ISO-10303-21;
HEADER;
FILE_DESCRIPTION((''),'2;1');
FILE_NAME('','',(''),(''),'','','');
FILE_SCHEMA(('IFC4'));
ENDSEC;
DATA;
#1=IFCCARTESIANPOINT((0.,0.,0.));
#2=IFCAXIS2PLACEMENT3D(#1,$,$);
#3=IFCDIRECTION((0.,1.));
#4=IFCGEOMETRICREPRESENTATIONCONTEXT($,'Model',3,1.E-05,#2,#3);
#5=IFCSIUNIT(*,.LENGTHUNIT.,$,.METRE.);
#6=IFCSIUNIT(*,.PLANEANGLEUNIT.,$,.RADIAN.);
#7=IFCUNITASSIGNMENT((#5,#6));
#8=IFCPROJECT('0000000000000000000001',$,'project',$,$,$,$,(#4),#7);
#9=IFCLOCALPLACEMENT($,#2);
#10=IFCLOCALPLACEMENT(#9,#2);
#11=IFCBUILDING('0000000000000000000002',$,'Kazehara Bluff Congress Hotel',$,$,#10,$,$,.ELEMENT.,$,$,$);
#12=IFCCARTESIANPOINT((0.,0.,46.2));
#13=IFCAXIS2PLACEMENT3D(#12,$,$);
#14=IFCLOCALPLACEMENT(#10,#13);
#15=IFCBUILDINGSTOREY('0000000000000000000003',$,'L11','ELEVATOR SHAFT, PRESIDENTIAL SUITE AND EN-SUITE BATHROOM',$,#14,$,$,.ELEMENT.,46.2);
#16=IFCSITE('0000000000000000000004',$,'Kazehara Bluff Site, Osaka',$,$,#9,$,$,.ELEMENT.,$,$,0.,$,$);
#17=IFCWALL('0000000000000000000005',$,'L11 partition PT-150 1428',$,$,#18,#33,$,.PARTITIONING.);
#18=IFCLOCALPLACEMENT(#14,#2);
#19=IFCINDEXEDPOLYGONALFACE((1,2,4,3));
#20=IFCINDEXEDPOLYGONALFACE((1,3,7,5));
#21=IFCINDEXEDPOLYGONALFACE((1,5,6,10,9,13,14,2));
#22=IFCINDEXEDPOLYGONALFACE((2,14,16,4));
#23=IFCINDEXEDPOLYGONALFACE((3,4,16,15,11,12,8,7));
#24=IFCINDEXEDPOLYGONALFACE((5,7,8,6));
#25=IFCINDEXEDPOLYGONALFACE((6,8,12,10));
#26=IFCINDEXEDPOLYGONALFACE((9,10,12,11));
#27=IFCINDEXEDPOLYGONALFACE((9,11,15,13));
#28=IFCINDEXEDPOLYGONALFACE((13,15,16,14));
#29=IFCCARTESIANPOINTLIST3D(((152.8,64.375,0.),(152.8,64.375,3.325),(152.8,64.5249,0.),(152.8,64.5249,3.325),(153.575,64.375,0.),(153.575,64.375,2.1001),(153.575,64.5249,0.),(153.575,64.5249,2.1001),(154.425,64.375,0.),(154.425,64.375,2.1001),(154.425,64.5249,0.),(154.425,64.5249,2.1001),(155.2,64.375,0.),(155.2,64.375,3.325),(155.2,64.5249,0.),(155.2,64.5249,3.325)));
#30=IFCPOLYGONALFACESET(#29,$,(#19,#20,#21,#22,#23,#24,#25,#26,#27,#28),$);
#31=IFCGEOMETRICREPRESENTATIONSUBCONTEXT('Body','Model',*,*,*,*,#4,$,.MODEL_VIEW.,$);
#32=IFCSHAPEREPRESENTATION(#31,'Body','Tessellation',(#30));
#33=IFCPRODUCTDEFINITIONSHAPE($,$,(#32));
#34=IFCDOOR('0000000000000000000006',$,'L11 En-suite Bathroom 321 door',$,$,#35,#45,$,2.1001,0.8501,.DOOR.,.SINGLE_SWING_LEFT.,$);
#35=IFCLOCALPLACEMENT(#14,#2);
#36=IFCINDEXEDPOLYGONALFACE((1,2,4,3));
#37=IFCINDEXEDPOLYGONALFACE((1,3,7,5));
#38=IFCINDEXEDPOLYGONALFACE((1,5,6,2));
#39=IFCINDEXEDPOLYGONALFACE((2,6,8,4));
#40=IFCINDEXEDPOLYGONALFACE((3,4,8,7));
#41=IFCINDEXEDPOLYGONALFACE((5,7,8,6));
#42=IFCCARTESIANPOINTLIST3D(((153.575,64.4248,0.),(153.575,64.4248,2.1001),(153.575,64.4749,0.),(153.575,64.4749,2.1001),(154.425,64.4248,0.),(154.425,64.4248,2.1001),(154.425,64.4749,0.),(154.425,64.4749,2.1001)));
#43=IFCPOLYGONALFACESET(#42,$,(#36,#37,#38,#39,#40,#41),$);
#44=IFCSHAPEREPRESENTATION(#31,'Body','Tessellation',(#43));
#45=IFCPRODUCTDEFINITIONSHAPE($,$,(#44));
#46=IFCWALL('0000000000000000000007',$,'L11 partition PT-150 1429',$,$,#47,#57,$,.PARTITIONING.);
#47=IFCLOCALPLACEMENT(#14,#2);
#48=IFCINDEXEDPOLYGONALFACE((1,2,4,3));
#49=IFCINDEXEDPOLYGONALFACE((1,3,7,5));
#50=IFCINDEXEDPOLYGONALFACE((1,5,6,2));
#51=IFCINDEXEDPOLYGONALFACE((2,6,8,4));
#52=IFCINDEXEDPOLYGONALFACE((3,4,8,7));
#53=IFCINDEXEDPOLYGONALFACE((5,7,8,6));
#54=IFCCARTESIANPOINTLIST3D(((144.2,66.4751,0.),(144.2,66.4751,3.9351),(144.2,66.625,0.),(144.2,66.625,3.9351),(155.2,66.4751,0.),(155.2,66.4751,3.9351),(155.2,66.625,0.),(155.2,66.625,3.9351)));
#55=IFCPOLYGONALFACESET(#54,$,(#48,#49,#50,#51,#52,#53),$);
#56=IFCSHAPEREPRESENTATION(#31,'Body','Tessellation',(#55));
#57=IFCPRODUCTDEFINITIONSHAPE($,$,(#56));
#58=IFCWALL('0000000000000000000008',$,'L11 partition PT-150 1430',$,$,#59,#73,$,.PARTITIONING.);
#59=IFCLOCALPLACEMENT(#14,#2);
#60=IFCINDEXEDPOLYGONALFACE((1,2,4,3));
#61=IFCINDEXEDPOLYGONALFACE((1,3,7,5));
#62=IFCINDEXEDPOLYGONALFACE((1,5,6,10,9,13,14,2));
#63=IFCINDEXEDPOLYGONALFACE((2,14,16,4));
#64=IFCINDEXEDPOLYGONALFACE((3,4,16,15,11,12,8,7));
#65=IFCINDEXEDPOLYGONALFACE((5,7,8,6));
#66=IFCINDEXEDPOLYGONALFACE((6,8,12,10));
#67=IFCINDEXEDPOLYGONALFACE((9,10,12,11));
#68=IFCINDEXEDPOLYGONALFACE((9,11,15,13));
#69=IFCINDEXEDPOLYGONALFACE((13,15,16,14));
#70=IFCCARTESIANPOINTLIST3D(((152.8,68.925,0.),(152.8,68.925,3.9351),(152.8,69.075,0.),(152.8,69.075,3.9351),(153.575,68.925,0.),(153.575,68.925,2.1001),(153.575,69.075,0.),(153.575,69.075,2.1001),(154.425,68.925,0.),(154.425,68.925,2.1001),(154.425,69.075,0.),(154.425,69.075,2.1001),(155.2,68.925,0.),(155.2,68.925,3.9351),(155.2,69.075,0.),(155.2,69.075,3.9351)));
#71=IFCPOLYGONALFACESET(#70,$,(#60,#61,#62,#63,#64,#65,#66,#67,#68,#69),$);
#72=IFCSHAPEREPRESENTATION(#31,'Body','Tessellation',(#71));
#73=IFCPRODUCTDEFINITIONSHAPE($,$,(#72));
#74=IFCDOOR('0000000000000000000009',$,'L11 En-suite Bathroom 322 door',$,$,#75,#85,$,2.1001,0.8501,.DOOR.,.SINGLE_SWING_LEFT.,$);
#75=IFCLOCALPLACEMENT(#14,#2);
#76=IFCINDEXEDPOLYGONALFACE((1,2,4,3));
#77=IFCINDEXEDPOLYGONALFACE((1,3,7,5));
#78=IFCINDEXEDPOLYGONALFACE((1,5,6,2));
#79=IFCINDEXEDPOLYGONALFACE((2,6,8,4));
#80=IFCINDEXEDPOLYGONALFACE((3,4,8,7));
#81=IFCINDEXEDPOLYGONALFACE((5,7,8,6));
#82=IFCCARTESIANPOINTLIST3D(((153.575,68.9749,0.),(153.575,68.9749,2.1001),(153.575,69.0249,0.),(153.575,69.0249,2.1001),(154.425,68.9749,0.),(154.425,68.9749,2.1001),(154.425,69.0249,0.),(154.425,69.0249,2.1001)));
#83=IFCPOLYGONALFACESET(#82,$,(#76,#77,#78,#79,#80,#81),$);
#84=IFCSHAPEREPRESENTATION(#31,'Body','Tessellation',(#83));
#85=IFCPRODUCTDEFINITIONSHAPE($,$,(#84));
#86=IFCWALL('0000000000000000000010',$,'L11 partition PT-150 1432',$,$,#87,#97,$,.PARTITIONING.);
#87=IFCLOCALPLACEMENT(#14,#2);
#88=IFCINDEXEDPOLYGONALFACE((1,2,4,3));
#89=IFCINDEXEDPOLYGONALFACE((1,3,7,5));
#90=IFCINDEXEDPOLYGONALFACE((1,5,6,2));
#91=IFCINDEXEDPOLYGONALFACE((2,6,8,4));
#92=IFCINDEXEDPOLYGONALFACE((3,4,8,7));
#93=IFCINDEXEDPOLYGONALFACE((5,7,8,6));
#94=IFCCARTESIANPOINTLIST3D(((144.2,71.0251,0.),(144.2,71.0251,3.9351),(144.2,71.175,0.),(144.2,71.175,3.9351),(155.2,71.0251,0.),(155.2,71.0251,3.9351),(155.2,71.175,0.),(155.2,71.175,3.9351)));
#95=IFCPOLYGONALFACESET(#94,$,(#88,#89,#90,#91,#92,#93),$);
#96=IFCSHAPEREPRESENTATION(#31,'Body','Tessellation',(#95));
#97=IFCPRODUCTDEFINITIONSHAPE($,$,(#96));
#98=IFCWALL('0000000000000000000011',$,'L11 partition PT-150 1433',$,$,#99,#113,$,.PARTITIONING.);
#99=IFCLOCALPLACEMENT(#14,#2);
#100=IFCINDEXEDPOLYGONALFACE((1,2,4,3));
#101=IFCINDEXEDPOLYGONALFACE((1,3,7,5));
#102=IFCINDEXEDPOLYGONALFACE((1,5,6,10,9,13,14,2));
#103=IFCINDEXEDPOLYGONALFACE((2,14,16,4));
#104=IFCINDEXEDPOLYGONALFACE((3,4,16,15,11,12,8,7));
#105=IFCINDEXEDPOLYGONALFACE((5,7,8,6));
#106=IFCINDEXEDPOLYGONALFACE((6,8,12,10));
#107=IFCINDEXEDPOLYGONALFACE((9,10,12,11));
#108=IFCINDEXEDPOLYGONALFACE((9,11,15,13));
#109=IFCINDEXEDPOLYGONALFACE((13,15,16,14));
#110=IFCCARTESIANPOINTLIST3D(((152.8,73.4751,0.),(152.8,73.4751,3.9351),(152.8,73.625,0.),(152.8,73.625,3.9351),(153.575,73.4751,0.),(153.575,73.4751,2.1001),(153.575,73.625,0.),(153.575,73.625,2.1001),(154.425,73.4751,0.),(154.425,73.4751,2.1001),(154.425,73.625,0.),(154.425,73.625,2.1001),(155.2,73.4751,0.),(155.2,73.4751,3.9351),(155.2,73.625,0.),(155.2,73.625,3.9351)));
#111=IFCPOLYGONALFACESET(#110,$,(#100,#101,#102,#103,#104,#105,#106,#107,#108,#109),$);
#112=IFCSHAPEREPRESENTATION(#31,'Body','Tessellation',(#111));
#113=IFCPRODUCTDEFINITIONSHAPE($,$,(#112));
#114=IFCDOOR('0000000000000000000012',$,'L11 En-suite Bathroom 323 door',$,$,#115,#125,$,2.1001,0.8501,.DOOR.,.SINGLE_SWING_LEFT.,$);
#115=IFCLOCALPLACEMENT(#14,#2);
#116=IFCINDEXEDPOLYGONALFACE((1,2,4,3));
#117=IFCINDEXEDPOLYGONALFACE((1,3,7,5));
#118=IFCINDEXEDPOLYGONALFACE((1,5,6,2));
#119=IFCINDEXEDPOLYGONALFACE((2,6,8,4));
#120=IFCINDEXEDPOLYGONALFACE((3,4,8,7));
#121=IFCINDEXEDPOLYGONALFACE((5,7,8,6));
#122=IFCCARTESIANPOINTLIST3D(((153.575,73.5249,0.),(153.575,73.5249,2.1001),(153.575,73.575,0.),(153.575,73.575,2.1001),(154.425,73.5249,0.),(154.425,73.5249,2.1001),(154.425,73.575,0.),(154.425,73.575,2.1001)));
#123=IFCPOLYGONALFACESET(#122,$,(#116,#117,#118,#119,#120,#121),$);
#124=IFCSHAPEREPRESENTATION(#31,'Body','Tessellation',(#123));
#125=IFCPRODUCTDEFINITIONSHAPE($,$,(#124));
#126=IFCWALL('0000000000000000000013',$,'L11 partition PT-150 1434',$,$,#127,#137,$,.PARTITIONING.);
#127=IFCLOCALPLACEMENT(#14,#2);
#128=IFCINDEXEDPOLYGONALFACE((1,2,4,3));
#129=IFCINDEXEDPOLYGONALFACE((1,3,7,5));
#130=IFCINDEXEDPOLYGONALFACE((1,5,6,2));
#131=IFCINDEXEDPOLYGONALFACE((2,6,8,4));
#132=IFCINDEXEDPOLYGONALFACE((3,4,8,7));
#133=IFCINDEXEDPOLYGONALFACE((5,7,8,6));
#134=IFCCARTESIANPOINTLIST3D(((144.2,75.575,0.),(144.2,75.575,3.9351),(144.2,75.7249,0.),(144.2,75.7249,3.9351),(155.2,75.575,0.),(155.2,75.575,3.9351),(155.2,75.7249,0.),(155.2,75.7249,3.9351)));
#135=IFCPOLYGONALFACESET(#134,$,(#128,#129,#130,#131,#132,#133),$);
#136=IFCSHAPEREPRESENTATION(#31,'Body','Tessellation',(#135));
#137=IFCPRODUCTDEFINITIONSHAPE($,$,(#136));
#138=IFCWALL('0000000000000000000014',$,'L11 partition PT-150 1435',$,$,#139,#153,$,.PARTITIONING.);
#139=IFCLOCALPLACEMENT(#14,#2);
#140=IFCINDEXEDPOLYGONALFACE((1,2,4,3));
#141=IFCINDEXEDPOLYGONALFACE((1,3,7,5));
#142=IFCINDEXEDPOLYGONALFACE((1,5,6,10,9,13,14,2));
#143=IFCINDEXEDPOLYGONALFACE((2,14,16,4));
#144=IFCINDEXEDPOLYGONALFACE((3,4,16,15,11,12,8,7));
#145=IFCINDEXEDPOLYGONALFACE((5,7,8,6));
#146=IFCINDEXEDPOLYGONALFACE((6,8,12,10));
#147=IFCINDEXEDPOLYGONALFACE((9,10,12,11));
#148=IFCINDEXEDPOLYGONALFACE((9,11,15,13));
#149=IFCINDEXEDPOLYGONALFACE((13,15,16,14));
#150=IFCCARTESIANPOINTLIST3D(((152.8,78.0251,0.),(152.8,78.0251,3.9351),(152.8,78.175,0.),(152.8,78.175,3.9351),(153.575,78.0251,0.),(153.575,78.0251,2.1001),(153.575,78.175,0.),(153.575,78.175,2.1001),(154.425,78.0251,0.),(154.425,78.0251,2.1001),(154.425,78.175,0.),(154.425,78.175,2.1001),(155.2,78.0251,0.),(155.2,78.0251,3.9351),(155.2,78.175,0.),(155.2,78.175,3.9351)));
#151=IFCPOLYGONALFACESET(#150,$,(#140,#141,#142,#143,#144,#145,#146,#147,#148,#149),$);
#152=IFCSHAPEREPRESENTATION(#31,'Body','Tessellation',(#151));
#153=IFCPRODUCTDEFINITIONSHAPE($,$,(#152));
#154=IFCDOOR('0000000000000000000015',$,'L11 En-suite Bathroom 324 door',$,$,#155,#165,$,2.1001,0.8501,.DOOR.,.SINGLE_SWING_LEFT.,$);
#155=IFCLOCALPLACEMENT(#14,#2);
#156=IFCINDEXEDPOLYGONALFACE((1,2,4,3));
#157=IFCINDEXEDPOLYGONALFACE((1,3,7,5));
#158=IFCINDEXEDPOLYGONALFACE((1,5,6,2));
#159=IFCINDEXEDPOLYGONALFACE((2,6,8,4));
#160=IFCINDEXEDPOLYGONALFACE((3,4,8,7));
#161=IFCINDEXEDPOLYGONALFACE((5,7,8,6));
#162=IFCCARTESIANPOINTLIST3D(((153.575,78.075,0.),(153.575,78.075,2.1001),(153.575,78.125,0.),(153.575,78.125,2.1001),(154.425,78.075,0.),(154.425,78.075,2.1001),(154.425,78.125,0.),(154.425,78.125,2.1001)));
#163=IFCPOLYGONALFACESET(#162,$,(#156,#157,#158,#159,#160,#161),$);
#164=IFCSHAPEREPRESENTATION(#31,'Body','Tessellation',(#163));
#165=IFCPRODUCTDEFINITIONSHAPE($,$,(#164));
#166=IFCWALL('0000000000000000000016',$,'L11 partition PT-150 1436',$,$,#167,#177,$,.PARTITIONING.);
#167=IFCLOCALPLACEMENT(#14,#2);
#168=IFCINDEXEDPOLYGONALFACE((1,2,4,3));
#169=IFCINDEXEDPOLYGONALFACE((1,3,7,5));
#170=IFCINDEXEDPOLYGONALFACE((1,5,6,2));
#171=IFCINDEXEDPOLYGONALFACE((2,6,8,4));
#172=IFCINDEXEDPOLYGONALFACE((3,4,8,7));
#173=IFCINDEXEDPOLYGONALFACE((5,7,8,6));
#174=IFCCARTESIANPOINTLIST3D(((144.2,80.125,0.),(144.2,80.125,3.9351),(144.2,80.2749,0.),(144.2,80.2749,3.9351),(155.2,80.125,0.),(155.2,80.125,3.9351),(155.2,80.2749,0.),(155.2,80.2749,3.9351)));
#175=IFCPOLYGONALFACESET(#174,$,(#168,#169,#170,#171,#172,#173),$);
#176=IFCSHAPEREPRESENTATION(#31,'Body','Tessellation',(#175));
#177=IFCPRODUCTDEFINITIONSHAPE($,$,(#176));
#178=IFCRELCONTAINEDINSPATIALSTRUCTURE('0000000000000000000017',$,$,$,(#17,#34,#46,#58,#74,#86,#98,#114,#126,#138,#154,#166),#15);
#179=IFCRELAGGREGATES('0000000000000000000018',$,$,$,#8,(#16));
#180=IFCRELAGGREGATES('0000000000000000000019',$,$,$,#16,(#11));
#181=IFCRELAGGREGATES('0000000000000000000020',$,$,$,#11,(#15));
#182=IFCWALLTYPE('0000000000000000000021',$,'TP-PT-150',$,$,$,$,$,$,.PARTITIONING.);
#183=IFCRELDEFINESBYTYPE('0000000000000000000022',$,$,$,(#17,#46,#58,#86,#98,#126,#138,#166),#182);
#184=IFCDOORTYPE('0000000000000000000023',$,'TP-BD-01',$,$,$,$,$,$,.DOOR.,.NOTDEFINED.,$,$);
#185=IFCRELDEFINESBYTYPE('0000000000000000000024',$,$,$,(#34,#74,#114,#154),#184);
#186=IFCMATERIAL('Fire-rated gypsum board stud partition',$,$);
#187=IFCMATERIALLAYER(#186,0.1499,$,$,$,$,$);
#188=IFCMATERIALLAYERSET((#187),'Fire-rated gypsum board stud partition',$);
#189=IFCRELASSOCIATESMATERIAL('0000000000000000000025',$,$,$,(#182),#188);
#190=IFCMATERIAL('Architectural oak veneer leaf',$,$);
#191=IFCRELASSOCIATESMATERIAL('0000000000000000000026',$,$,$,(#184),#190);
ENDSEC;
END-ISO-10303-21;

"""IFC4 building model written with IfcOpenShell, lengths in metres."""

from ifc_helpers import new_model, si_unit, direction, frame, frame_2d, origin, place, context, subcontext, project, spatial, rectangle, extrude, material, layer, layer_set, type_object, element, fill, save


model = new_model("IFC4")

# Units and contexts
model_context = context("Model", 3, precision=1e-05, world=origin(), true_north=direction((0.0, 1.0)))
body_context = subcontext(model_context, "Body", "Model", "MODEL_VIEW")
ifc_project = project(units=[si_unit("LENGTHUNIT", "METRE"), si_unit("PLANEANGLEUNIT", "RADIAN")], contexts=[model_context])

# Site, building, storey
site_placement = place(None, origin())
site = spatial("IfcSite", under=ifc_project, at=site_placement, Name="Kazehara Bluff Site, Osaka", CompositionType="ELEMENT", RefElevation=0.0)
building_placement = place(site_placement, origin())
building = spatial("IfcBuilding", under=site, at=building_placement, Name="Kazehara Bluff Congress Hotel", CompositionType="ELEMENT")
storey_placement = place(building_placement, frame((0.0, 0.0, 46.2)))
storey = spatial("IfcBuildingStorey", under=building, at=storey_placement, Name="L11", Description="ELEVATOR SHAFT, PRESIDENTIAL SUITE AND EN-SUITE BATHROOM", CompositionType="ELEMENT", Elevation=46.2)

# Wall, opening, door
ifc_material_1 = material(Name="Fire-rated gypsum board stud partition")
ifc_layer_1 = layer(ifc_material_1, 0.1499)
ifc_layer_set_1 = layer_set([ifc_layer_1], Name="Fire-rated gypsum board stud partition")
wall_type_1 = type_object("IfcWallType", Name="TP-PT-150", PredefinedType="PARTITIONING", material=ifc_layer_set_1)
wall_1_placement = place(storey_placement, frame((152.8, 64.45, 0.0), z_axis=(0.0, 0.0, 1.0), x_axis=(1.0, 0.0, 0.0)))
wall_1 = element("IfcWall", 1, at=wall_1_placement, inside=storey, type_object=wall_type_1, Name="L11 partition PT-150 1428", PredefinedType="PARTITIONING", context=body_context, shape_type="SweptSolid", body=[
    extrude(rectangle(XDim=2.3999, YDim=0.1499, at=frame_2d((1.2, 0.0))), origin(), (0.0, 0.0, 1.0), 3.325),
])
opening_1_placement = place(wall_1_placement, frame((0.7749, 0.0, 0.0)))
opening_1 = element("IfcOpeningElement", 2, at=opening_1_placement, cuts=wall_1, PredefinedType="OPENING", context=body_context, shape_type="SweptSolid", body=[
    extrude(rectangle(XDim=0.8501, YDim=2.1001, at=frame_2d((0.425, 1.05))), frame((0.0, 0.085, 0.0), z_axis=(0.0, -1.0, 0.0), x_axis=(1.0, 0.0, 0.0)), (0.0, 0.0, 1.0), 0.1699),
])
ifc_material_2 = material(Name="Architectural oak veneer leaf")
door_type = type_object("IfcDoorType", Name="TP-BD-01", OperationType="NOTDEFINED", PredefinedType="DOOR", material=ifc_material_2)
door_1_placement = place(opening_1_placement, origin())
door_1 = element("IfcDoor", 3, at=door_1_placement, inside=storey, type_object=door_type, Name="L11 En-suite Bathroom 321 door", OperationType="SINGLE_SWING_LEFT", OverallHeight=2.1001, OverallWidth=0.8501, PredefinedType="DOOR", context=body_context, shape_type="SweptSolid", body=[
    extrude(rectangle(XDim=0.8501, YDim=2.1001, at=frame_2d((0.425, 1.05))), frame((0.0, 0.0249, 0.0), z_axis=(0.0, -1.0, 0.0), x_axis=(1.0, 0.0, 0.0)), (0.0, 0.0, 1.0), 0.05),
])
fill(opening_1, door_1)

# Wall
wall_2_placement = place(storey_placement, frame((144.2, 66.55, 0.0), z_axis=(0.0, 0.0, 1.0), x_axis=(1.0, 0.0, 0.0)))
element("IfcWall", 4, at=wall_2_placement, inside=storey, type_object=wall_type_1, Name="L11 partition PT-150 1429", PredefinedType="PARTITIONING", context=body_context, shape_type="SweptSolid", body=[
    extrude(rectangle(XDim=11.0, YDim=0.1499, at=frame_2d((5.5, 0.0))), origin(), (0.0, 0.0, 1.0), 3.9351),
])

# Wall, opening, door
wall_3_placement = place(storey_placement, frame((152.8, 69.0, 0.0), z_axis=(0.0, 0.0, 1.0), x_axis=(1.0, 0.0, 0.0)))
wall_3 = element("IfcWall", 5, at=wall_3_placement, inside=storey, type_object=wall_type_1, Name="L11 partition PT-150 1430", PredefinedType="PARTITIONING", context=body_context, shape_type="SweptSolid", body=[
    extrude(rectangle(XDim=2.3999, YDim=0.1499, at=frame_2d((1.2, 0.0))), origin(), (0.0, 0.0, 1.0), 3.9351),
])
opening_2_placement = place(wall_3_placement, frame((0.7749, 0.0, 0.0)))
opening_2 = element("IfcOpeningElement", 6, at=opening_2_placement, cuts=wall_3, PredefinedType="OPENING", context=body_context, shape_type="SweptSolid", body=[
    extrude(rectangle(XDim=0.8501, YDim=2.1001, at=frame_2d((0.425, 1.05))), frame((0.0, 0.085, 0.0), z_axis=(0.0, -1.0, 0.0), x_axis=(1.0, 0.0, 0.0)), (0.0, 0.0, 1.0), 0.1699),
])
door_2_placement = place(opening_2_placement, origin())
door_2 = element("IfcDoor", 7, at=door_2_placement, inside=storey, type_object=door_type, Name="L11 En-suite Bathroom 322 door", OperationType="SINGLE_SWING_LEFT", OverallHeight=2.1001, OverallWidth=0.8501, PredefinedType="DOOR", context=body_context, shape_type="SweptSolid", body=[
    extrude(rectangle(XDim=0.8501, YDim=2.1001, at=frame_2d((0.425, 1.05))), frame((0.0, 0.0249, 0.0), z_axis=(0.0, -1.0, 0.0), x_axis=(1.0, 0.0, 0.0)), (0.0, 0.0, 1.0), 0.05),
])
fill(opening_2, door_2)

# Wall
wall_4_placement = place(storey_placement, frame((144.2, 71.1001, 0.0), z_axis=(0.0, 0.0, 1.0), x_axis=(1.0, 0.0, 0.0)))
element("IfcWall", 8, at=wall_4_placement, inside=storey, type_object=wall_type_1, Name="L11 partition PT-150 1432", PredefinedType="PARTITIONING", context=body_context, shape_type="SweptSolid", body=[
    extrude(rectangle(XDim=11.0, YDim=0.1499, at=frame_2d((5.5, 0.0))), origin(), (0.0, 0.0, 1.0), 3.9351),
])

# Wall, opening, door
wall_5_placement = place(storey_placement, frame((152.8, 73.55, 0.0), z_axis=(0.0, 0.0, 1.0), x_axis=(1.0, 0.0, 0.0)))
wall_5 = element("IfcWall", 9, at=wall_5_placement, inside=storey, type_object=wall_type_1, Name="L11 partition PT-150 1433", PredefinedType="PARTITIONING", context=body_context, shape_type="SweptSolid", body=[
    extrude(rectangle(XDim=2.3999, YDim=0.1499, at=frame_2d((1.2, 0.0))), origin(), (0.0, 0.0, 1.0), 3.9351),
])
opening_3_placement = place(wall_5_placement, frame((0.7749, 0.0, 0.0)))
opening_3 = element("IfcOpeningElement", 10, at=opening_3_placement, cuts=wall_5, PredefinedType="OPENING", context=body_context, shape_type="SweptSolid", body=[
    extrude(rectangle(XDim=0.8501, YDim=2.1001, at=frame_2d((0.425, 1.05))), frame((0.0, 0.085, 0.0), z_axis=(0.0, -1.0, 0.0), x_axis=(1.0, 0.0, 0.0)), (0.0, 0.0, 1.0), 0.1699),
])
door_3_placement = place(opening_3_placement, origin())
door_3 = element("IfcDoor", 11, at=door_3_placement, inside=storey, type_object=door_type, Name="L11 En-suite Bathroom 323 door", OperationType="SINGLE_SWING_LEFT", OverallHeight=2.1001, OverallWidth=0.8501, PredefinedType="DOOR", context=body_context, shape_type="SweptSolid", body=[
    extrude(rectangle(XDim=0.8501, YDim=2.1001, at=frame_2d((0.425, 1.05))), frame((0.0, 0.0249, 0.0), z_axis=(0.0, -1.0, 0.0), x_axis=(1.0, 0.0, 0.0)), (0.0, 0.0, 1.0), 0.05),
])
fill(opening_3, door_3)

# Wall
wall_6_placement = place(storey_placement, frame((144.2, 75.6499, 0.0), z_axis=(0.0, 0.0, 1.0), x_axis=(1.0, 0.0, 0.0)))
element("IfcWall", 12, at=wall_6_placement, inside=storey, type_object=wall_type_1, Name="L11 partition PT-150 1434", PredefinedType="PARTITIONING", context=body_context, shape_type="SweptSolid", body=[
    extrude(rectangle(XDim=11.0, YDim=0.1499, at=frame_2d((5.5, 0.0))), origin(), (0.0, 0.0, 1.0), 3.9351),
])

# Wall, opening, door
wall_7_placement = place(storey_placement, frame((152.8, 78.1001, 0.0), z_axis=(0.0, 0.0, 1.0), x_axis=(1.0, 0.0, 0.0)))
wall_7 = element("IfcWall", 13, at=wall_7_placement, inside=storey, type_object=wall_type_1, Name="L11 partition PT-150 1435", PredefinedType="PARTITIONING", context=body_context, shape_type="SweptSolid", body=[
    extrude(rectangle(XDim=2.3999, YDim=0.1499, at=frame_2d((1.2, 0.0))), origin(), (0.0, 0.0, 1.0), 3.9351),
])
opening_4_placement = place(wall_7_placement, frame((0.7749, 0.0, 0.0)))
opening_4 = element("IfcOpeningElement", 14, at=opening_4_placement, cuts=wall_7, PredefinedType="OPENING", context=body_context, shape_type="SweptSolid", body=[
    extrude(rectangle(XDim=0.8501, YDim=2.1001, at=frame_2d((0.425, 1.05))), frame((0.0, 0.085, 0.0), z_axis=(0.0, -1.0, 0.0), x_axis=(1.0, 0.0, 0.0)), (0.0, 0.0, 1.0), 0.1699),
])
door_4_placement = place(opening_4_placement, origin())
door_4 = element("IfcDoor", 15, at=door_4_placement, inside=storey, type_object=door_type, Name="L11 En-suite Bathroom 324 door", OperationType="SINGLE_SWING_LEFT", OverallHeight=2.1001, OverallWidth=0.8501, PredefinedType="DOOR", context=body_context, shape_type="SweptSolid", body=[
    extrude(rectangle(XDim=0.8501, YDim=2.1001, at=frame_2d((0.425, 1.05))), frame((0.0, 0.0249, 0.0), z_axis=(0.0, -1.0, 0.0), x_axis=(1.0, 0.0, 0.0)), (0.0, 0.0, 1.0), 0.05),
])
fill(opening_4, door_4)

# Wall
wall_8_placement = place(storey_placement, frame((144.2, 80.2, 0.0), z_axis=(0.0, 0.0, 1.0), x_axis=(1.0, 0.0, 0.0)))
element("IfcWall", 16, at=wall_8_placement, inside=storey, type_object=wall_type_1, Name="L11 partition PT-150 1436", PredefinedType="PARTITIONING", context=body_context, shape_type="SweptSolid", body=[
    extrude(rectangle(XDim=11.0, YDim=0.1499, at=frame_2d((5.5, 0.0))), origin(), (0.0, 0.0, 1.0), 3.9351),
])

save(model, "model.ifc")
